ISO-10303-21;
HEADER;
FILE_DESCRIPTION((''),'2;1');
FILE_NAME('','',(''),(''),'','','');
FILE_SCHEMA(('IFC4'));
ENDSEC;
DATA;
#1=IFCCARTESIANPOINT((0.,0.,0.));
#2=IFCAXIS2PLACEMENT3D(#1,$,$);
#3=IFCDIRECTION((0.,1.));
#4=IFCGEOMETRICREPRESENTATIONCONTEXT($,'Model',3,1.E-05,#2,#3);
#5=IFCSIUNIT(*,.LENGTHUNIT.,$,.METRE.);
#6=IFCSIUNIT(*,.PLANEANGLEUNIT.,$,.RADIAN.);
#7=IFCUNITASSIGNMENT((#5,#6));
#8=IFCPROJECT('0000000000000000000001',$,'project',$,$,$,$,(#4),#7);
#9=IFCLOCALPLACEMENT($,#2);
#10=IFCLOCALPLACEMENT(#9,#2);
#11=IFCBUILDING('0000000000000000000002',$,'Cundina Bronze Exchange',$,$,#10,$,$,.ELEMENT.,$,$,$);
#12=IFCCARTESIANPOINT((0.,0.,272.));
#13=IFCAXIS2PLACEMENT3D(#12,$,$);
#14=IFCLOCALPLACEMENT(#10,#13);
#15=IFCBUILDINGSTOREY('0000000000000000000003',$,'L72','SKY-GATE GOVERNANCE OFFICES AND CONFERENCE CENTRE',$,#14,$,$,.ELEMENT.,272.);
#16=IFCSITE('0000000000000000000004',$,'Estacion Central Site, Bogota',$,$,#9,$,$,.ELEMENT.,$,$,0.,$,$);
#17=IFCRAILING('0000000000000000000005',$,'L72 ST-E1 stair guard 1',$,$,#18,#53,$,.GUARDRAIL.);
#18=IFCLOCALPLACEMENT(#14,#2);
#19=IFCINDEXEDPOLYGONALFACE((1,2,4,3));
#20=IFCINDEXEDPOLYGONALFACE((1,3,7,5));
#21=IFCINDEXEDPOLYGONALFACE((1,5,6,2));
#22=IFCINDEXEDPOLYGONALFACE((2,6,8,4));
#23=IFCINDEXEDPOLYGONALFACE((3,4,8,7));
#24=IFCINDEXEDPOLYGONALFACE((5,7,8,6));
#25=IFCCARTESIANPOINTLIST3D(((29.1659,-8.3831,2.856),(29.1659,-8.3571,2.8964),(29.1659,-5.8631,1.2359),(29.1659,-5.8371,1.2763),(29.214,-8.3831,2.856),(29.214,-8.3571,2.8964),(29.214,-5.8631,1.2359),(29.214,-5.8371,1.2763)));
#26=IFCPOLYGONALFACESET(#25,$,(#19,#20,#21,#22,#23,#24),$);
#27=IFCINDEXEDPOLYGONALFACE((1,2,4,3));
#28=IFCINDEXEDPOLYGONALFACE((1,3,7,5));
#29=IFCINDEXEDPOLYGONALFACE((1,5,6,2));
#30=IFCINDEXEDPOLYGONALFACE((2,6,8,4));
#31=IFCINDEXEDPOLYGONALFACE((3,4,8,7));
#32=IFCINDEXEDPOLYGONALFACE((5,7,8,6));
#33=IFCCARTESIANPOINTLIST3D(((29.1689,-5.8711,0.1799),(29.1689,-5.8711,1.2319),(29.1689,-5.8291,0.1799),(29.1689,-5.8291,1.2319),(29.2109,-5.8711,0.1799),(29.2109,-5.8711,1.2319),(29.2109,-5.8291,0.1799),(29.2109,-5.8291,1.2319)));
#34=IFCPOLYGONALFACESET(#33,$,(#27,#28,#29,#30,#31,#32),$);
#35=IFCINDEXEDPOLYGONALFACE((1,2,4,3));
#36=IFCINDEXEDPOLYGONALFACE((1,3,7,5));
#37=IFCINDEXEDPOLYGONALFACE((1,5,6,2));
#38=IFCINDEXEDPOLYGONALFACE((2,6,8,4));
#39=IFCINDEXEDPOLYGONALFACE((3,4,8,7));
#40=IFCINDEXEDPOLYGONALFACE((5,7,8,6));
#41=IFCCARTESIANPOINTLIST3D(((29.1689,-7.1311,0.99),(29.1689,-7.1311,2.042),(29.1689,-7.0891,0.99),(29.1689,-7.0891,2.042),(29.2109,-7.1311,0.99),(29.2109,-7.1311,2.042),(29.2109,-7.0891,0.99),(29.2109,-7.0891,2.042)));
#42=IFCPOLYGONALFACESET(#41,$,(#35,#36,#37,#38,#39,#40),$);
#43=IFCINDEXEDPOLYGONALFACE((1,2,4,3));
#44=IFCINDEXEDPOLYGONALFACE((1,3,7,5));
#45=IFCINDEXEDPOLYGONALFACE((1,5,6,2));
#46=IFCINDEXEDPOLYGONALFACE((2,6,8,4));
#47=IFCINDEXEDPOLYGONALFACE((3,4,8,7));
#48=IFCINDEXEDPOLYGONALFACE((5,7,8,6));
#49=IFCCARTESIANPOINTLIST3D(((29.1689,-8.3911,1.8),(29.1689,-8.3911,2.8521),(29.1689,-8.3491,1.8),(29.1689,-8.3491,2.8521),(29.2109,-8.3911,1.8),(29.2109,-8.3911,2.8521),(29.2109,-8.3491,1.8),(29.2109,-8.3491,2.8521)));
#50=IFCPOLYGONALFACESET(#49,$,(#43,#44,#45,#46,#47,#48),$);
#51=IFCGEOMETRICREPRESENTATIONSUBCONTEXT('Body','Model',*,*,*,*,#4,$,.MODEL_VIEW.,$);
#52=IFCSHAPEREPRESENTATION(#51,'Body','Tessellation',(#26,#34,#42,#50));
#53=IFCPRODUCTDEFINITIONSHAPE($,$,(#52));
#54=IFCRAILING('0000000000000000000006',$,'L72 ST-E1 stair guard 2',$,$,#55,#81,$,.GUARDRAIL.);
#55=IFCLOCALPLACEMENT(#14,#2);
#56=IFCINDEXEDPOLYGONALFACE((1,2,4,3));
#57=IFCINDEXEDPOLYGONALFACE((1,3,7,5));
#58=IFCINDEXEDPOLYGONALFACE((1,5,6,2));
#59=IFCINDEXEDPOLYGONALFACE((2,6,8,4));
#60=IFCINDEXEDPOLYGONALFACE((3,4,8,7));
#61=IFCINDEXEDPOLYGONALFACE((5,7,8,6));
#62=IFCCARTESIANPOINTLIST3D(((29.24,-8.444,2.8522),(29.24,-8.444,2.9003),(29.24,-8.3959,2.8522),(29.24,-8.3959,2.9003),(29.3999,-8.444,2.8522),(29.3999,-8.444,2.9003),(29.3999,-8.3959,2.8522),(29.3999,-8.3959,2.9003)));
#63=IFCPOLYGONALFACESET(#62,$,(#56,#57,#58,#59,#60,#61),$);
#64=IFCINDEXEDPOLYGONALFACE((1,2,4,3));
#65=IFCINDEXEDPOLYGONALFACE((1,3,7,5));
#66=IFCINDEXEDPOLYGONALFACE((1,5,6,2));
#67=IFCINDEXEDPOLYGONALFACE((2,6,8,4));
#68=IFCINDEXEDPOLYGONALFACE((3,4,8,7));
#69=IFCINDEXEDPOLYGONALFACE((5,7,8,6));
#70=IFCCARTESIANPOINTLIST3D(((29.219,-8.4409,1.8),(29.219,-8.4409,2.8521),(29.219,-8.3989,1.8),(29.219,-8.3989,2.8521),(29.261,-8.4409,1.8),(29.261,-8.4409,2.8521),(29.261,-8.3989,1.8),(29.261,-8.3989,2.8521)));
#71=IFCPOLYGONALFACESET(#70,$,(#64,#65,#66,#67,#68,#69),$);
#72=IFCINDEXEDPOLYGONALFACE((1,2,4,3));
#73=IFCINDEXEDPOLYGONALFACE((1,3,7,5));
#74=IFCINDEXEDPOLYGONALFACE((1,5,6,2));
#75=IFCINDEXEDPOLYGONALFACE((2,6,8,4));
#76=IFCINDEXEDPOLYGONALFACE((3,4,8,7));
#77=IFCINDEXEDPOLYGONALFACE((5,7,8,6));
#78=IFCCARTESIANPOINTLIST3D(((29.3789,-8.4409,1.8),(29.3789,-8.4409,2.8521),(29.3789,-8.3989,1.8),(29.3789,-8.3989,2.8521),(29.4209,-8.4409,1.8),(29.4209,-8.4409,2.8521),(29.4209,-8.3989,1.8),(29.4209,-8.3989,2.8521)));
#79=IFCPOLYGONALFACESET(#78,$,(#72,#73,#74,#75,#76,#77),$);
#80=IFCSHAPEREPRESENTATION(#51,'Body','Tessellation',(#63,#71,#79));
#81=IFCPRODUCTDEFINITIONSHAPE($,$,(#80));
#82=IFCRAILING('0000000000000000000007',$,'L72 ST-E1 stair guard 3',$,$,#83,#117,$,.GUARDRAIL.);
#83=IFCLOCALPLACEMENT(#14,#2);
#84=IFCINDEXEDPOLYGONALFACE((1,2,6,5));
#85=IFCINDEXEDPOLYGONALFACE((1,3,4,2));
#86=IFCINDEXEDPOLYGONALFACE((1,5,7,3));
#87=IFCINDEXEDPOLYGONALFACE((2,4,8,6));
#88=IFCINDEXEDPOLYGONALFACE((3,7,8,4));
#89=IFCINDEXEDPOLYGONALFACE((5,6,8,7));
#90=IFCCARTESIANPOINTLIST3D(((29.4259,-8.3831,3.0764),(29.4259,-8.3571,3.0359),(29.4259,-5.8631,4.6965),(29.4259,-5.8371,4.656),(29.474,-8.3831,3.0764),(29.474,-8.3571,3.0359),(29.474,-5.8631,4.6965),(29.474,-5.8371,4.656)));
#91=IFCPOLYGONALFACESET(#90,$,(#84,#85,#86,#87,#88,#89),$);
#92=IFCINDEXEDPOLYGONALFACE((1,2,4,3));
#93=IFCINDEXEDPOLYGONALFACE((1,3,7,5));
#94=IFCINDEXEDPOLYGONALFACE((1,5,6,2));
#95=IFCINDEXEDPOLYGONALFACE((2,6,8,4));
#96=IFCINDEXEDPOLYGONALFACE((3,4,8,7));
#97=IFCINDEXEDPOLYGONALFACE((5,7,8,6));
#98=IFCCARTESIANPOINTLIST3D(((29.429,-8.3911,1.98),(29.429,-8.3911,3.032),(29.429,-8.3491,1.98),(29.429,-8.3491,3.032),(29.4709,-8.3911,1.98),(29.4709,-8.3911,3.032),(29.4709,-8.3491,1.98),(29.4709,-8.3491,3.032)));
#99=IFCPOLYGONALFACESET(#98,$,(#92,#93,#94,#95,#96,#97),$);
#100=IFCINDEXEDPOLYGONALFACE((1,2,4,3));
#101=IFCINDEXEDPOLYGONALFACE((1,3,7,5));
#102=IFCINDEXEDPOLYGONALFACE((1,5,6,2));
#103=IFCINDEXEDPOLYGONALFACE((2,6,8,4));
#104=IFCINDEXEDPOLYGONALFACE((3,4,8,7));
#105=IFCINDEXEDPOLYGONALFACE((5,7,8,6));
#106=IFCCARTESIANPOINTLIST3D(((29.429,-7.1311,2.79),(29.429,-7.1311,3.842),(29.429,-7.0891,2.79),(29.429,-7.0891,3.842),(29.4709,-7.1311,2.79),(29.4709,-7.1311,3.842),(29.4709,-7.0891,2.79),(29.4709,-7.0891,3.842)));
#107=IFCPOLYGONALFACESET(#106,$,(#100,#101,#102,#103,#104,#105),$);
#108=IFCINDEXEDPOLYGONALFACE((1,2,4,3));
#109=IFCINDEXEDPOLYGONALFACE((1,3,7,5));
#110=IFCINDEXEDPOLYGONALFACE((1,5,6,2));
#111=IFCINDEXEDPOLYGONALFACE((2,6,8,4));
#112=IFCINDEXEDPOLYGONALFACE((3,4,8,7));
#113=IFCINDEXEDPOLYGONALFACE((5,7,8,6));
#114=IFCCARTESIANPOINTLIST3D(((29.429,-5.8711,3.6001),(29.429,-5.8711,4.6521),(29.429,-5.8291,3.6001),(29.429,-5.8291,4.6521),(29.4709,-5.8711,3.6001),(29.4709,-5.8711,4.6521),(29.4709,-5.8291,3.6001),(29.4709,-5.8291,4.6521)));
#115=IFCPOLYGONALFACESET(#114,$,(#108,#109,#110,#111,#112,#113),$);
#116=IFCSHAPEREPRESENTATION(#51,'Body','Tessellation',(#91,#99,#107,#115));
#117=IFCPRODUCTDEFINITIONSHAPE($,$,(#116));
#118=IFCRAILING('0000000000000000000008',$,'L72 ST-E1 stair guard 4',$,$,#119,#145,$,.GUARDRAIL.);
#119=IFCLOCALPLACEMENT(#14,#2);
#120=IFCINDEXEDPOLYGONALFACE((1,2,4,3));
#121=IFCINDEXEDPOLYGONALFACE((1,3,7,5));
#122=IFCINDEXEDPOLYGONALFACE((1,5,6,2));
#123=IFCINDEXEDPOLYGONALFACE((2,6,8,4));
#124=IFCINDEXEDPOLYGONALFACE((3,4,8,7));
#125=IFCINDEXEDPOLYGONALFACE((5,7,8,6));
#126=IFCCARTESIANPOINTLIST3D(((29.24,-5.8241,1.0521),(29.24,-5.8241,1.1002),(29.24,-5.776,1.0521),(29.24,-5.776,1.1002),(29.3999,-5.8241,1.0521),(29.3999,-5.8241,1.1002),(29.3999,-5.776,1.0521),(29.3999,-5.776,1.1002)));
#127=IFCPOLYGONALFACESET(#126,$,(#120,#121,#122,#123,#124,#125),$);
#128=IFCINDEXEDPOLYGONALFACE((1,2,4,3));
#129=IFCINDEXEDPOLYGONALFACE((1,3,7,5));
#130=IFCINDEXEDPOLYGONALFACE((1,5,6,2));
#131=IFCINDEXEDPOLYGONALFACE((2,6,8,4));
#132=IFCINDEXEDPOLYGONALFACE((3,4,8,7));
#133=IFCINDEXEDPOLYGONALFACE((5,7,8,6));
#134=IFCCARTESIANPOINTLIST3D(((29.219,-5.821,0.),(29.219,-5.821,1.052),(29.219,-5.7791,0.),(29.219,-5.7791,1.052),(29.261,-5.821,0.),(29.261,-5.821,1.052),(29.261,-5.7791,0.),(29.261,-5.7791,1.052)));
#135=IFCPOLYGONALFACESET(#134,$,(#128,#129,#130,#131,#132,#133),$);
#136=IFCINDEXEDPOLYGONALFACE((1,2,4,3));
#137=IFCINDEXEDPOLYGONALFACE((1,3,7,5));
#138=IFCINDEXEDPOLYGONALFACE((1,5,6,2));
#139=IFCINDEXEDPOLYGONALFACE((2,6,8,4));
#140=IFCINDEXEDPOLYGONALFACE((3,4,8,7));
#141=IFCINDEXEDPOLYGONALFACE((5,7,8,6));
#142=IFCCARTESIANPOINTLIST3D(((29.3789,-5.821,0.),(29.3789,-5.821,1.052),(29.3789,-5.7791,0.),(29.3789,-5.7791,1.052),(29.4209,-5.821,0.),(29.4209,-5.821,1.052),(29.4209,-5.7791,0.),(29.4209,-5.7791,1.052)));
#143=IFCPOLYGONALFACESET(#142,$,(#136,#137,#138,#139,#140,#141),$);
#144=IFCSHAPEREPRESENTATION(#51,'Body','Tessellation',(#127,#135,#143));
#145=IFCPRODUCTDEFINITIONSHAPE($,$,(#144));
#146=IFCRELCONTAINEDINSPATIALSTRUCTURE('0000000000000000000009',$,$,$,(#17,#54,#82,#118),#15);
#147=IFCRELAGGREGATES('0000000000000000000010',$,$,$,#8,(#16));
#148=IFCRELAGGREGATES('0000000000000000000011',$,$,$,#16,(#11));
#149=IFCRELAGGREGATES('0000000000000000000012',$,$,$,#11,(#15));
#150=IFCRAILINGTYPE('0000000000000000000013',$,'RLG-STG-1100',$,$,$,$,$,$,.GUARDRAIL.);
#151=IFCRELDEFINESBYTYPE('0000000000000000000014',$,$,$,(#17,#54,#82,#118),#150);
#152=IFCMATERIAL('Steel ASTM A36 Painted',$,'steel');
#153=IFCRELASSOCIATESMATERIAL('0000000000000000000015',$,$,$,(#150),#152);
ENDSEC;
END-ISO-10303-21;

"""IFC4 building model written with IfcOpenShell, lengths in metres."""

from ifc_helpers import new_model, si_unit, direction, frame, origin, origin_2d, place, context, subcontext, project, spatial, rectangle, extrude, material, type_object, element, save


model = new_model("IFC4")

# Units and contexts
model_context = context("Model", 3, precision=1e-05, world=origin(), true_north=direction((0.0, 1.0)))
body_context = subcontext(model_context, "Body", "Model", "MODEL_VIEW")
ifc_project = project(units=[si_unit("LENGTHUNIT", "METRE"), si_unit("PLANEANGLEUNIT", "RADIAN")], contexts=[model_context])

# Site, building, storey
site_placement = place(None, origin())
site = spatial("IfcSite", under=ifc_project, at=site_placement, Name="Estacion Central Site, Bogota", CompositionType="ELEMENT", RefElevation=0.0)
building_placement = place(site_placement, origin())
building = spatial("IfcBuilding", under=site, at=building_placement, Name="Cundina Bronze Exchange", CompositionType="ELEMENT")
storey_placement = place(building_placement, frame((0.0, 0.0, 272.0)))
storey = spatial("IfcBuildingStorey", under=building, at=storey_placement, Name="L72", Description="SKY-GATE GOVERNANCE OFFICES AND CONFERENCE CENTRE", CompositionType="ELEMENT", Elevation=272.0)

# Shared definitions
ifc_material_1 = material(Name="Steel ASTM A36 Painted", Category="steel")

# Railings
railing_type_1 = type_object("IfcRailingType", Name="RLG-STG-1100", PredefinedType="GUARDRAIL", material=ifc_material_1)
railing_1_placement = place(storey_placement, frame((29.1899, -5.8501, 0.1799)))
element("IfcRailing", 1, at=railing_1_placement, inside=storey, type_object=railing_type_1, Name="L72 ST-E1 stair guard 1", PredefinedType="GUARDRAIL", context=body_context, shape_type="SweptSolid", body=[
    extrude(rectangle(XDim=0.0481, YDim=0.0481, at=origin_2d()), frame((0.0, 0.0, 1.0762), z_axis=(0.0, -0.841163, 0.540782), x_axis=(1.0, 0.0, 0.0)), (0.0, 0.0, 1.0), 2.9958),
    extrude(rectangle(XDim=0.042, YDim=0.042, at=origin_2d()), origin(), (0.0, 0.0, 1.0), 1.052),
    extrude(rectangle(XDim=0.042, YDim=0.042, at=origin_2d()), frame((0.0, -1.26, 0.8101)), (0.0, 0.0, 1.0), 1.052),
    extrude(rectangle(XDim=0.042, YDim=0.042, at=origin_2d()), frame((0.0, -2.52, 1.6201)), (0.0, 0.0, 1.0), 1.052),
])
railing_2_placement = place(storey_placement, frame((29.24, -8.4199, 1.8)))
element("IfcRailing", 2, at=railing_2_placement, inside=storey, type_object=railing_type_1, Name="L72 ST-E1 stair guard 2", PredefinedType="GUARDRAIL", context=body_context, shape_type="SweptSolid", body=[
    extrude(rectangle(XDim=0.0481, YDim=0.0481, at=origin_2d()), frame((0.0, 0.0, 1.0762), z_axis=(1.0, 0.0, 0.0), x_axis=(0.0, 1.0, 0.0)), (0.0, 0.0, 1.0), 0.1599),
    extrude(rectangle(XDim=0.042, YDim=0.042, at=origin_2d()), origin(), (0.0, 0.0, 1.0), 1.052),
    extrude(rectangle(XDim=0.042, YDim=0.042, at=origin_2d()), frame((0.1599, 0.0, 0.0)), (0.0, 0.0, 1.0), 1.052),
])
railing_3_placement = place(storey_placement, frame((29.45, -8.3701, 1.98)))
element("IfcRailing", 3, at=railing_3_placement, inside=storey, type_object=railing_type_1, Name="L72 ST-E1 stair guard 3", PredefinedType="GUARDRAIL", context=body_context, shape_type="SweptSolid", body=[
    extrude(rectangle(XDim=0.0481, YDim=0.0481, at=origin_2d()), frame((0.0, 0.0, 1.0762), z_axis=(0.0, 0.841163, 0.540782), x_axis=(-1.0, 0.0, 0.0)), (0.0, 0.0, 1.0), 2.9958),
    extrude(rectangle(XDim=0.042, YDim=0.042, at=origin_2d()), origin(), (0.0, 0.0, 1.0), 1.052),
    extrude(rectangle(XDim=0.042, YDim=0.042, at=origin_2d()), frame((0.0, 1.26, 0.8101)), (0.0, 0.0, 1.0), 1.052),
    extrude(rectangle(XDim=0.042, YDim=0.042, at=origin_2d()), frame((0.0, 2.52, 1.6201)), (0.0, 0.0, 1.0), 1.052),
])
railing_4_placement = place(storey_placement, frame((29.24, -5.8, 0.0)))
element("IfcRailing", 4, at=railing_4_placement, inside=storey, type_object=railing_type_1, Name="L72 ST-E1 stair guard 4", PredefinedType="GUARDRAIL", context=body_context, shape_type="SweptSolid", body=[
    extrude(rectangle(XDim=0.0481, YDim=0.0481, at=origin_2d()), frame((0.0, 0.0, 1.0762), z_axis=(1.0, 0.0, 0.0), x_axis=(0.0, 1.0, 0.0)), (0.0, 0.0, 1.0), 0.1599),
    extrude(rectangle(XDim=0.042, YDim=0.042, at=origin_2d()), origin(), (0.0, 0.0, 1.0), 1.052),
    extrude(rectangle(XDim=0.042, YDim=0.042, at=origin_2d()), frame((0.1599, 0.0, 0.0)), (0.0, 0.0, 1.0), 1.052),
])

save(model, "model.ifc")
